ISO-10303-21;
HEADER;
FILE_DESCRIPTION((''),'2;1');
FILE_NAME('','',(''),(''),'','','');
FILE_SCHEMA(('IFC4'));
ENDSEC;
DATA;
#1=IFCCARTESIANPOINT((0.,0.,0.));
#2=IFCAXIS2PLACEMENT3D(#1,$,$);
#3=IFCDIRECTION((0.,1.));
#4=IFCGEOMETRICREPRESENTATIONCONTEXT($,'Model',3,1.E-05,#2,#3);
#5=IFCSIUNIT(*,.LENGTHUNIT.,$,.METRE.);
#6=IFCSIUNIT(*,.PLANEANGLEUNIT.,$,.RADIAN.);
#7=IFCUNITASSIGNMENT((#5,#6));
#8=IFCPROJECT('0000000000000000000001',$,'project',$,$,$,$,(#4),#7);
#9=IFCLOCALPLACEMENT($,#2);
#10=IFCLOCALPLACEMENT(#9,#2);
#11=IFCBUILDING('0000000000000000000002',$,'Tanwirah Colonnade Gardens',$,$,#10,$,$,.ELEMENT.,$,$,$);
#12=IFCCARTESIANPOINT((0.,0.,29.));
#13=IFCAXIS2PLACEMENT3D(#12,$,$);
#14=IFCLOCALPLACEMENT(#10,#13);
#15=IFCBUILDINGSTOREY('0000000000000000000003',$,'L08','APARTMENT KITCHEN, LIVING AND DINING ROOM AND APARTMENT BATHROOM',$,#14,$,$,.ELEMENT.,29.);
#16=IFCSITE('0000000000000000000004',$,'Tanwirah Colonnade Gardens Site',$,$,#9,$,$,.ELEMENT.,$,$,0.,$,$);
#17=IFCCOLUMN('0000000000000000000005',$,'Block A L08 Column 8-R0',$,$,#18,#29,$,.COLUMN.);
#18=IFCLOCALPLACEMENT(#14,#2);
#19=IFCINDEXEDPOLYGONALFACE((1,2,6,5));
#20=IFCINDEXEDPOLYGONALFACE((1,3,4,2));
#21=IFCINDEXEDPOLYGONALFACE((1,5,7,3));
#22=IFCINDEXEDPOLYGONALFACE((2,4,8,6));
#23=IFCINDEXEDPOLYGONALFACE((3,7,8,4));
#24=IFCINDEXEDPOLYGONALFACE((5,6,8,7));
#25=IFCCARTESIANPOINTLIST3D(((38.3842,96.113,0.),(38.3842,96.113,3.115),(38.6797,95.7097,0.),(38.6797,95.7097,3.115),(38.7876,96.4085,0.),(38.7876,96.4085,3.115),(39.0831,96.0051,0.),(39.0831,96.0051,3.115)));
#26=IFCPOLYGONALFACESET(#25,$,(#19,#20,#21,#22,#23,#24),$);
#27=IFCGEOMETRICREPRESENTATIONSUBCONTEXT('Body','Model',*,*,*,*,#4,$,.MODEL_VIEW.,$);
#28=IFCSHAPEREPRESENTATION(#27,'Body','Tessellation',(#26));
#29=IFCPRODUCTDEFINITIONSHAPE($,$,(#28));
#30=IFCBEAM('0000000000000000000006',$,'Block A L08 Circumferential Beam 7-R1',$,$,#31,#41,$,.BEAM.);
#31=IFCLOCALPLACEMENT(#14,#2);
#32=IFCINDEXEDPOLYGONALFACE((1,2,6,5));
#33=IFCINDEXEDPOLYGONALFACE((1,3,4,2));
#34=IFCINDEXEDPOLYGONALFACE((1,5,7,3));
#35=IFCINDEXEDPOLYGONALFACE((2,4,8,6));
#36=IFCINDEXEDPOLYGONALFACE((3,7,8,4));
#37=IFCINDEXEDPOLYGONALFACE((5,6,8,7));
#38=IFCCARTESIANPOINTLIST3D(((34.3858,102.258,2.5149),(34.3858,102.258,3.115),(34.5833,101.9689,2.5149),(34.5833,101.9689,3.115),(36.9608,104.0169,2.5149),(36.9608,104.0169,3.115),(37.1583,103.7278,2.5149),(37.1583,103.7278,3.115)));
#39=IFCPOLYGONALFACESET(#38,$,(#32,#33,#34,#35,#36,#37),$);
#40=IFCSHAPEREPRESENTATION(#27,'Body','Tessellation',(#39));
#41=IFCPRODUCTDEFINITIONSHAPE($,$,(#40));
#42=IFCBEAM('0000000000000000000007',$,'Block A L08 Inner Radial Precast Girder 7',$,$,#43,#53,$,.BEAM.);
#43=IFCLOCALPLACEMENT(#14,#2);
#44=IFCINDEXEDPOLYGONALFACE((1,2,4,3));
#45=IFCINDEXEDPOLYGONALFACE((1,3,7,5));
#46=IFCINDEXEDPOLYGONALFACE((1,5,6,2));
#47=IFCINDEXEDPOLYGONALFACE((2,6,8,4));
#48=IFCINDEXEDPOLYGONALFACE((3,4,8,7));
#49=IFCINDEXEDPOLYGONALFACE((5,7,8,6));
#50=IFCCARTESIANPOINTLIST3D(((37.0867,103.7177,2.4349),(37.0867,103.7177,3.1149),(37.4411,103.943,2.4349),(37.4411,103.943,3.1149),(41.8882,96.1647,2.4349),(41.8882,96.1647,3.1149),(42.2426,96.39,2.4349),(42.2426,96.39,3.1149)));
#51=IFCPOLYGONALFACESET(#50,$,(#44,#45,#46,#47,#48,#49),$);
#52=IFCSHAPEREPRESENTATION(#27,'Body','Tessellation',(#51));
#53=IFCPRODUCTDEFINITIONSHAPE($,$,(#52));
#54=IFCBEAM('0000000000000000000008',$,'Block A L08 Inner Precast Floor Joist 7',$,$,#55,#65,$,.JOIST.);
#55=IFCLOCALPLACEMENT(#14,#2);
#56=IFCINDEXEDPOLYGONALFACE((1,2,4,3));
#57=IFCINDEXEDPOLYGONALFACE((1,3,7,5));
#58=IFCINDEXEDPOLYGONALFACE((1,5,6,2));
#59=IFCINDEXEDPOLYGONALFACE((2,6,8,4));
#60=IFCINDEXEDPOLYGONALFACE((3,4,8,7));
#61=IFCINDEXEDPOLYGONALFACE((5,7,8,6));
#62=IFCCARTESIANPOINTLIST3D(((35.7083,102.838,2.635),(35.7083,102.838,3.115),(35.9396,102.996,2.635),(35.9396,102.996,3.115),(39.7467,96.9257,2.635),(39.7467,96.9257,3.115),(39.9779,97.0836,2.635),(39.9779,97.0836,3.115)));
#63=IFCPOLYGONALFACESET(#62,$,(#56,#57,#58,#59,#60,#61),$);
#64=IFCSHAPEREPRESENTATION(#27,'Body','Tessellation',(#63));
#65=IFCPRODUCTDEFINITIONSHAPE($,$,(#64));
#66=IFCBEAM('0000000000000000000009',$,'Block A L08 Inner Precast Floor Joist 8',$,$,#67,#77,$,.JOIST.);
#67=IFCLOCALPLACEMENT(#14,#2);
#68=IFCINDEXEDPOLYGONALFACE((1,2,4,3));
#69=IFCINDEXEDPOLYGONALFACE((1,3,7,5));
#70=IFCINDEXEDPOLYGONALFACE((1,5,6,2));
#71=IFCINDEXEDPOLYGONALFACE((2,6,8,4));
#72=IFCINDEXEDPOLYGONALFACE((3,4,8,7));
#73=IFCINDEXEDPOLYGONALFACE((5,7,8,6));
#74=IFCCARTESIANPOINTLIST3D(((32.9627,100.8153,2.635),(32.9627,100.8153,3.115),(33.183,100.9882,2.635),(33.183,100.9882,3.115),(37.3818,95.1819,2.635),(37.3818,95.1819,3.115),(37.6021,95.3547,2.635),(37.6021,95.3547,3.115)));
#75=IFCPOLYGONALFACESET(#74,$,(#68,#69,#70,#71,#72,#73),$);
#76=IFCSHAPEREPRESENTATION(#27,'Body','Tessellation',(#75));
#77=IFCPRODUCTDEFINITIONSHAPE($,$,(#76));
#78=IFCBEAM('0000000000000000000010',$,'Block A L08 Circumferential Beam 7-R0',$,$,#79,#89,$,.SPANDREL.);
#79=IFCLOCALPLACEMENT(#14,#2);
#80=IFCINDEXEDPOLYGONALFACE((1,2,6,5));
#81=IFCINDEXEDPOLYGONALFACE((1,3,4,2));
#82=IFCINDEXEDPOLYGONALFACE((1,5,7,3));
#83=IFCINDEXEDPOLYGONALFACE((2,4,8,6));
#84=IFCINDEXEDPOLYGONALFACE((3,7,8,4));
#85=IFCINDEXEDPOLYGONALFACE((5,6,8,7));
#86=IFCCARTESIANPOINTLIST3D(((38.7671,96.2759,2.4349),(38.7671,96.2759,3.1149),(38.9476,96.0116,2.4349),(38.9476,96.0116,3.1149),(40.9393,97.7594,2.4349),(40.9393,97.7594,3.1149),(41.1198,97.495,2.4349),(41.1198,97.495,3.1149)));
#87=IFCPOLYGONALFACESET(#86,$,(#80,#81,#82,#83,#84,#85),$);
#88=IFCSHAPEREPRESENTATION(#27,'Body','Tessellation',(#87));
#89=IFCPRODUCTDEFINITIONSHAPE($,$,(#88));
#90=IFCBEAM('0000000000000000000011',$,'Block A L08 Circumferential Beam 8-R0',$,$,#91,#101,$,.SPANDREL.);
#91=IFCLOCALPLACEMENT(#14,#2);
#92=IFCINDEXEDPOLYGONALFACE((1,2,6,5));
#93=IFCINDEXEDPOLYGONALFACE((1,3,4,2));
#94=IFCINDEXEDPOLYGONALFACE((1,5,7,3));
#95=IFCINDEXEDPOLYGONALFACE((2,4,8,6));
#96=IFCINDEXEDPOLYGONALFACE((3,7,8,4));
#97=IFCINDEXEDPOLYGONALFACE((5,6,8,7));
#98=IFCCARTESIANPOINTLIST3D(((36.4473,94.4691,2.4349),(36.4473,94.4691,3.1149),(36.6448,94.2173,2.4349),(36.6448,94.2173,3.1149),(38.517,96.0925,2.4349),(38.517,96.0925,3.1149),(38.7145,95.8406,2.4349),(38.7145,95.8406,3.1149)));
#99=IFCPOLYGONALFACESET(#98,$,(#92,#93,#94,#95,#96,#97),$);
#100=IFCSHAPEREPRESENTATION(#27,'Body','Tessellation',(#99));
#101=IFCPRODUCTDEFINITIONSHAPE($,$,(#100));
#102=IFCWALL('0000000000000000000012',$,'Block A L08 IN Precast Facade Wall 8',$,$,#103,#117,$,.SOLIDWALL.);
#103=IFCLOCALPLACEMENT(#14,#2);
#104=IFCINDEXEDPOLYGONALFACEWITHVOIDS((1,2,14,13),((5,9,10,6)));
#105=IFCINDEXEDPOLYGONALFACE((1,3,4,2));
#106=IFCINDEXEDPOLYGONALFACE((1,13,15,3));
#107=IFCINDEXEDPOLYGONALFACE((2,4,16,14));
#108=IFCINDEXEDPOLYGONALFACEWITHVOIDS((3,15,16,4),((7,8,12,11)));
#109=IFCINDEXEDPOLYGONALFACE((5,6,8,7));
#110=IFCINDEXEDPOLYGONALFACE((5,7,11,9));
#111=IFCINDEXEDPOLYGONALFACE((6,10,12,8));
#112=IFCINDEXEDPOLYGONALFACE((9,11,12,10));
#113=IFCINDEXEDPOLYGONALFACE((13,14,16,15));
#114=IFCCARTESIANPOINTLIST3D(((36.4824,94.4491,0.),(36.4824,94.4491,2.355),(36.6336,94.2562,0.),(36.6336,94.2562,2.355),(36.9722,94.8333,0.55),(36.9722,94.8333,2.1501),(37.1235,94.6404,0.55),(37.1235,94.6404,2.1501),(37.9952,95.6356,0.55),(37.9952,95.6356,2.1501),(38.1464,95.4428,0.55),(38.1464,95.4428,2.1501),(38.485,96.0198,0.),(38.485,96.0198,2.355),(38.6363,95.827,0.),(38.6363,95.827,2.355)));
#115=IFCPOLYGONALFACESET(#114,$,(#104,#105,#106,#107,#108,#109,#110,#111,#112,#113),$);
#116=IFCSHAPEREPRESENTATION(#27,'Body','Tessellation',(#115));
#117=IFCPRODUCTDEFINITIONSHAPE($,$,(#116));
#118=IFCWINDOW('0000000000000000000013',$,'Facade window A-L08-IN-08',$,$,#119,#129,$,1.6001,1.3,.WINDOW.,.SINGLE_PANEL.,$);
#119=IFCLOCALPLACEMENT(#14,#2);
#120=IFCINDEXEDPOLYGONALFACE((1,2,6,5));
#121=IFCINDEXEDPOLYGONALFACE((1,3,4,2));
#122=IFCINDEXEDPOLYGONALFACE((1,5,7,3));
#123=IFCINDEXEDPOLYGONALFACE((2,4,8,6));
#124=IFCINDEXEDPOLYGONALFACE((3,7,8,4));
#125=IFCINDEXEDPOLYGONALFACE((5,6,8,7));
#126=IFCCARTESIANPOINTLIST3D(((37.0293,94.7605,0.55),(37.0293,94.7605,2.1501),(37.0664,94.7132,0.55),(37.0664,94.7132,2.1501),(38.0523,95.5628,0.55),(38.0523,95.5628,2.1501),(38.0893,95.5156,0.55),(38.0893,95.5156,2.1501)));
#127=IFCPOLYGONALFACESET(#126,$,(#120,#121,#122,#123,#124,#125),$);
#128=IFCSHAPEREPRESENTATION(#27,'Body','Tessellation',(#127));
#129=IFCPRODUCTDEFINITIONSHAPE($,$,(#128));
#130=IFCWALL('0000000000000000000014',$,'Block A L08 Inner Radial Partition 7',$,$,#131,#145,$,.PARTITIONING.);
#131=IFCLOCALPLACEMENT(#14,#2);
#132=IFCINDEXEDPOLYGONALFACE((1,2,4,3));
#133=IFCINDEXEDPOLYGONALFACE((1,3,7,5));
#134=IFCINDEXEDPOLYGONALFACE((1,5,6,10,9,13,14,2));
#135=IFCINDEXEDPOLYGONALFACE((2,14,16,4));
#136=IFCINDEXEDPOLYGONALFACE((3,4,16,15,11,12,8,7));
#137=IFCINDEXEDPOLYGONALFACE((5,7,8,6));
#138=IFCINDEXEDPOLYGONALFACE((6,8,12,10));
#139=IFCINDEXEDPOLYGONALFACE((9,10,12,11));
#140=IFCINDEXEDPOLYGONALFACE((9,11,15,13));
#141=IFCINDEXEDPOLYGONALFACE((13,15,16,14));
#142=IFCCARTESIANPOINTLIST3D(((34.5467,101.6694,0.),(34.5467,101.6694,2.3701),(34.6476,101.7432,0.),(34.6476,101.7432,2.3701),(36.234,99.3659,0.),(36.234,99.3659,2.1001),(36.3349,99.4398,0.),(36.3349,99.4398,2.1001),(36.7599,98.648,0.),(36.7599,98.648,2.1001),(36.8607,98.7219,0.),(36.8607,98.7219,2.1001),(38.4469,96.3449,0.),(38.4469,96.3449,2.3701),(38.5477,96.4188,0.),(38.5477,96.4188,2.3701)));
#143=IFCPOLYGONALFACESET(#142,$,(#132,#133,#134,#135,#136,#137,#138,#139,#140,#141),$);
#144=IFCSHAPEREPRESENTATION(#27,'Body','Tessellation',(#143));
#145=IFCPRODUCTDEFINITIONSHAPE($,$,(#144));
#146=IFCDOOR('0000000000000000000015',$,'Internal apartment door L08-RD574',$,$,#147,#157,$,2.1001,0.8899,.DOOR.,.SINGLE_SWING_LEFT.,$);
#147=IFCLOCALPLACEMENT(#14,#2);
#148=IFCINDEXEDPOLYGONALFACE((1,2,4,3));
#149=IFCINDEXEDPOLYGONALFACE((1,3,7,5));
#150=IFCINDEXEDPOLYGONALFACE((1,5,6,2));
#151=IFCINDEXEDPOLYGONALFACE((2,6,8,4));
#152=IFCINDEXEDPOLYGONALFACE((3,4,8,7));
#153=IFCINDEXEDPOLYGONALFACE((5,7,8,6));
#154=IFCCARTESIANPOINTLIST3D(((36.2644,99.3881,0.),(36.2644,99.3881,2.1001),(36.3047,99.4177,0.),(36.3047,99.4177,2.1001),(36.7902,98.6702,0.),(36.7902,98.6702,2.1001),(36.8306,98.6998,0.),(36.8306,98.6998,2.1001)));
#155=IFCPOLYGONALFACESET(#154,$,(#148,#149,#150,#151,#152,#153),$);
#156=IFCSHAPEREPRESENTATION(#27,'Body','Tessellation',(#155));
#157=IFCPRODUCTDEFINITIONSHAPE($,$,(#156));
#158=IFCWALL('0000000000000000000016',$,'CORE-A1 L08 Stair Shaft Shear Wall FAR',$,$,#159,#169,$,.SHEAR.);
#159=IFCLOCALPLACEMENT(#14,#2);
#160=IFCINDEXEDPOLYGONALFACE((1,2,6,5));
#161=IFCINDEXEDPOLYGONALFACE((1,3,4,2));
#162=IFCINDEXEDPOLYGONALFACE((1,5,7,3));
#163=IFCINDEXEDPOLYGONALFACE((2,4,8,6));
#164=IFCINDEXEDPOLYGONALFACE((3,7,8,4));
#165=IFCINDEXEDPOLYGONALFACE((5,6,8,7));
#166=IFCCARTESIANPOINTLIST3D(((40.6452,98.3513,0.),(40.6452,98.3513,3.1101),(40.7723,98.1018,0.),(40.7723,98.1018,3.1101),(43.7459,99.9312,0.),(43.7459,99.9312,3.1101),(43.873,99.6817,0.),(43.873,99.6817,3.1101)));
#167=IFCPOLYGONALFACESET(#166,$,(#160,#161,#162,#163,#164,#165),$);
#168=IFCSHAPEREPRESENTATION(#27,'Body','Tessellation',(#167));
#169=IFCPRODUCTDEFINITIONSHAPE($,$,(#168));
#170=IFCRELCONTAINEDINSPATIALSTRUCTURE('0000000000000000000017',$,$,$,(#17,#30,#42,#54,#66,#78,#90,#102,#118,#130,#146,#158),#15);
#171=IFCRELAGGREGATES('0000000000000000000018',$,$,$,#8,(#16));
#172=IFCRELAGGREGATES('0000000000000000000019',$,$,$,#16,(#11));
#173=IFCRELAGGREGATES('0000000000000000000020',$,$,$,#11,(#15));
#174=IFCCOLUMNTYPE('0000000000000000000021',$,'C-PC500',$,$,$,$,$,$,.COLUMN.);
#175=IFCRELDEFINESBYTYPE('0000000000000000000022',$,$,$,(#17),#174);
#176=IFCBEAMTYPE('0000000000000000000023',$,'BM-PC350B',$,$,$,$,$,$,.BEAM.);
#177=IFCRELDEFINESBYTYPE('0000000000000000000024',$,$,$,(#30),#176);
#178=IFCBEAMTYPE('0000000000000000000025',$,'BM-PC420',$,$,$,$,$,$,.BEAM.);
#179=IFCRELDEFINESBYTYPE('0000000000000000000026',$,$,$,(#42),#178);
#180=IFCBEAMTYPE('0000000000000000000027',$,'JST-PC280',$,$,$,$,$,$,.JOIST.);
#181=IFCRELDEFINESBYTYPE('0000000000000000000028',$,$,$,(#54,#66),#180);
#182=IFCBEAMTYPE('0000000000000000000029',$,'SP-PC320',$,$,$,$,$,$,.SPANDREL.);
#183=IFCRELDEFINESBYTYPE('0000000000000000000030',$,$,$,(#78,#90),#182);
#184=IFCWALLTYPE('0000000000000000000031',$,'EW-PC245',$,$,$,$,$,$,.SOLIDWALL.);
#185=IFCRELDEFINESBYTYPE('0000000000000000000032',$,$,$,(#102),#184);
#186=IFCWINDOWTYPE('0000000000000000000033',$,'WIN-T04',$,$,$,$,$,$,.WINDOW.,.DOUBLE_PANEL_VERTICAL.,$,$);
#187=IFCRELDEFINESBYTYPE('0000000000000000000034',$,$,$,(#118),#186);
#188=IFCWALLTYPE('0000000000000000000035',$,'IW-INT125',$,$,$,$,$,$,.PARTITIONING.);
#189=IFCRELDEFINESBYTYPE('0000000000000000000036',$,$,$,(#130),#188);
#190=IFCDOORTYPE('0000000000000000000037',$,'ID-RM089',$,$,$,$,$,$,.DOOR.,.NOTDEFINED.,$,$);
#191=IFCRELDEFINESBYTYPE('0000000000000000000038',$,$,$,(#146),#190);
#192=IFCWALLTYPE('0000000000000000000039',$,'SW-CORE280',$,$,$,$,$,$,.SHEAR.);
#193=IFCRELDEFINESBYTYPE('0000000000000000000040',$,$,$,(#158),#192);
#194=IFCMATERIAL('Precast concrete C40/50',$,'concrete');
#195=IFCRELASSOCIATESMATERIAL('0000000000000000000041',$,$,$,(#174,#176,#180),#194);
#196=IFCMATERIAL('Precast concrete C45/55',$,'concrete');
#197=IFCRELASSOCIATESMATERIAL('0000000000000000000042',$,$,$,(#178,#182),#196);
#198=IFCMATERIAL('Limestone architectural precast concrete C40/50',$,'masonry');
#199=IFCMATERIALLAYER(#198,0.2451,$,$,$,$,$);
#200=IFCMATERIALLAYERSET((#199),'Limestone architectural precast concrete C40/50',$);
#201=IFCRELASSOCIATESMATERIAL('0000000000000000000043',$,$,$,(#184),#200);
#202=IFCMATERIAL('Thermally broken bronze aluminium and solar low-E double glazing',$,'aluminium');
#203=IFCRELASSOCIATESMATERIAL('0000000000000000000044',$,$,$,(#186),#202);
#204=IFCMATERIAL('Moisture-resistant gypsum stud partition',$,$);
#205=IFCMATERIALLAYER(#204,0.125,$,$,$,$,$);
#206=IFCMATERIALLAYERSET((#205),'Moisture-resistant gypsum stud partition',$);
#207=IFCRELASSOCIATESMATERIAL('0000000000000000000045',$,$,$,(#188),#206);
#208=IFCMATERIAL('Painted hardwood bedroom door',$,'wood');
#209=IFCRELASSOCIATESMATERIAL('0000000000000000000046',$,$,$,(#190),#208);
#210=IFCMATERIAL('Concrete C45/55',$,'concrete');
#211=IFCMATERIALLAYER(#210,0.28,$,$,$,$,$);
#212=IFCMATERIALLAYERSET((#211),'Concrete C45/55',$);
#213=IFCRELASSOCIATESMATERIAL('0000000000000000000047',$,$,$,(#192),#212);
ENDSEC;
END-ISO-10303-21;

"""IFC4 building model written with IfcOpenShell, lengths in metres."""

from ifc_helpers import new_model, si_unit, direction, frame, frame_2d, origin, origin_2d, place, context, subcontext, project, spatial, rectangle, extrude, material, layer, layer_set, material_profile, profile_set, type_object, element, fill, save


model = new_model("IFC4")

# Units and contexts
model_context = context("Model", 3, precision=1e-05, world=origin(), true_north=direction((0.0, 1.0)))
body_context = subcontext(model_context, "Body", "Model", "MODEL_VIEW")
ifc_project = project(units=[si_unit("LENGTHUNIT", "METRE"), si_unit("PLANEANGLEUNIT", "RADIAN")], contexts=[model_context])

# Site, building, storey
site_placement = place(None, origin())
site = spatial("IfcSite", under=ifc_project, at=site_placement, Name="Tanwirah Colonnade Gardens Site", CompositionType="ELEMENT", RefElevation=0.0)
building_placement = place(site_placement, origin())
building = spatial("IfcBuilding", under=site, at=building_placement, Name="Tanwirah Colonnade Gardens", CompositionType="ELEMENT")
storey_placement = place(building_placement, frame((0.0, 0.0, 29.0)))
storey = spatial("IfcBuildingStorey", under=building, at=storey_placement, Name="L08", Description="APARTMENT KITCHEN, LIVING AND DINING ROOM AND APARTMENT BATHROOM", CompositionType="ELEMENT", Elevation=29.0)

# Column
ifc_material_1 = material(Name="Precast concrete C40/50", Category="concrete")
ifc_material_profile_1 = material_profile(ifc_material_1, rectangle(XDim=0.5, YDim=0.5, at=origin_2d()), Name="PC-COL 500x500")
ifc_profile_set_1 = profile_set([ifc_material_profile_1], Name="Precast concrete C40/50")
column_type = type_object("IfcColumnType", Name="C-PC500", PredefinedType="COLUMN", material=ifc_profile_set_1)
column_placement = place(storey_placement, frame((38.7336, 96.0591, 0.0), z_axis=(0.0, 0.0, 1.0), x_axis=(-0.590919, 0.806731, 0.0)))
element("IfcColumn", 1, at=column_placement, inside=storey, type_object=column_type, Name="Block A L08 Column 8-R0", PredefinedType="COLUMN", context=body_context, shape_type="SweptSolid", body=[
    extrude(rectangle(XDim=0.5, YDim=0.5, at=origin_2d()), origin(), (0.0, 0.0, 1.0), 3.115),
])

# Beams
ifc_material_profile_2 = material_profile(ifc_material_1, rectangle(XDim=0.3501, YDim=0.6001, at=origin_2d()), Name="PC-BM 350x600")
ifc_profile_set_2 = profile_set([ifc_material_profile_2], Name="Precast concrete C40/50")
beam_type_1 = type_object("IfcBeamType", Name="BM-PC350B", PredefinedType="BEAM", material=ifc_profile_set_2)
beam_1_placement = place(storey_placement, frame((37.0596, 103.8723, 2.8149), z_axis=(-0.825758, -0.564024, 0.0), x_axis=(0.564024, -0.825758, 0.0)))
element("IfcBeam", 2, at=beam_1_placement, inside=storey, type_object=beam_type_1, Name="Block A L08 Circumferential Beam 7-R1", PredefinedType="BEAM", context=body_context, shape_type="SweptSolid", body=[
    extrude(rectangle(XDim=0.3501, YDim=0.6001, at=origin_2d()), origin(), (0.0, 0.0, 1.0), 3.1184),
])
ifc_material_2 = material(Name="Precast concrete C45/55", Category="concrete")
ifc_material_profile_3 = material_profile(ifc_material_2, rectangle(XDim=0.4199, YDim=0.6799, at=origin_2d()), Name="PC-BM 420x680")
ifc_profile_set_3 = profile_set([ifc_material_profile_3], Name="Precast concrete C45/55")
beam_type_2 = type_object("IfcBeamType", Name="BM-PC420", PredefinedType="BEAM", material=ifc_profile_set_3)
beam_2_placement = place(storey_placement, frame((37.2639, 103.8303, 2.7749), z_axis=(0.536484, -0.843911, 0.0), x_axis=(0.843911, 0.536484, 0.0)))
element("IfcBeam", 3, at=beam_2_placement, inside=storey, type_object=beam_type_2, Name="Block A L08 Inner Radial Precast Girder 7", PredefinedType="BEAM", context=body_context, shape_type="SweptSolid", body=[
    extrude(rectangle(XDim=0.4199, YDim=0.6799, at=origin_2d()), origin(), (0.0, 0.0, 1.0), 8.95),
])
ifc_material_profile_4 = material_profile(ifc_material_1, rectangle(XDim=0.28, YDim=0.48, at=origin_2d()), Name="PC-JST 280x480")
ifc_profile_set_4 = profile_set([ifc_material_profile_4], Name="Precast concrete C40/50")
beam_type_3 = type_object("IfcBeamType", Name="JST-PC280", PredefinedType="JOIST", material=ifc_profile_set_4)
for number, where, z_axis, x_axis, name in (
    (4, (39.8623, 97.0046, 2.875), (-0.564021, 0.82576, 0.0), (-0.82576, -0.564021, 0.0), "Block A L08 Inner Precast Floor Joist 7"),
    (5, (37.4919, 95.2683, 2.875), (-0.617202, 0.786804, 0.0), (-0.786804, -0.617202, 0.0), "Block A L08 Inner Precast Floor Joist 8"),
):
    element("IfcBeam", number, at=place(storey_placement, frame(where, z_axis=z_axis, x_axis=x_axis)), inside=storey, type_object=beam_type_3, Name=name, PredefinedType="JOIST", context=body_context, shape_type="SweptSolid", body=[
        extrude(rectangle(XDim=0.28, YDim=0.48, at=origin_2d()), origin(), (0.0, 0.0, 1.0), 7.1599),
    ])
ifc_material_profile_5 = material_profile(ifc_material_2, rectangle(XDim=0.3201, YDim=0.6799, at=origin_2d()), Name="PC-SP 320x680")
ifc_profile_set_5 = profile_set([ifc_material_profile_5], Name="Precast concrete C45/55")
beam_type_4 = type_object("IfcBeamType", Name="SP-PC320", PredefinedType="SPANDREL", material=ifc_profile_set_5)
for number, where, z_axis, x_axis, name in (
    (6, (41.0295, 97.6272, 2.7749), (-0.825801, -0.563962, 0.0), (0.563962, -0.825801, 0.0), "Block A L08 Circumferential Beam 7-R0"),
    (7, (38.6157, 95.9666, 2.7749), (-0.786837, -0.617161, 0.0), (0.617161, -0.786837, 0.0), "Block A L08 Circumferential Beam 8-R0"),
):
    element("IfcBeam", number, at=place(storey_placement, frame(where, z_axis=z_axis, x_axis=x_axis)), inside=storey, type_object=beam_type_4, Name=name, PredefinedType="SPANDREL", context=body_context, shape_type="SweptSolid", body=[
        extrude(rectangle(XDim=0.3201, YDim=0.6799, at=origin_2d()), origin(), (0.0, 0.0, 1.0), 2.6304),
    ])

# Wall, opening, window
ifc_material_3 = material(Name="Limestone architectural precast concrete C40/50", Category="masonry")
ifc_layer_1 = layer(ifc_material_3, 0.2451)
ifc_layer_set_1 = layer_set([ifc_layer_1], Name="Limestone architectural precast concrete C40/50")
wall_type_1 = type_object("IfcWallType", Name="EW-PC245", PredefinedType="SOLIDWALL", material=ifc_layer_set_1)
wall_1_placement = place(storey_placement, frame((38.5605, 95.9233, 0.0), z_axis=(0.0, 0.0, 1.0), x_axis=(-0.786841, -0.617156, 0.0)))
wall_1 = element("IfcWall", 8, at=wall_1_placement, inside=storey, type_object=wall_type_1, Name="Block A L08 IN Precast Facade Wall 8", PredefinedType="SOLIDWALL", context=body_context, shape_type="SweptSolid", body=[
    extrude(rectangle(XDim=2.5452, YDim=0.2451, at=frame_2d((1.2725, 0.0))), origin(), (0.0, 0.0, 1.0), 2.355),
])
opening_1_placement = place(wall_1_placement, frame((0.6226, 0.0, 0.55)))
opening_1 = element("IfcOpeningElement", 9, at=opening_1_placement, cuts=wall_1, PredefinedType="OPENING", context=body_context, shape_type="SweptSolid", body=[
    extrude(rectangle(XDim=1.3, YDim=1.6001, at=frame_2d((0.6499, 0.8))), frame((0.0, 0.1326, 0.0), z_axis=(0.0, -1.0, 0.0), x_axis=(1.0, 0.0, 0.0)), (0.0, 0.0, 1.0), 0.2651),
])
ifc_material_4 = material(Name="Thermally broken bronze aluminium and solar low-E double glazing", Category="aluminium")
window_type = type_object("IfcWindowType", Name="WIN-T04", PartitioningType="DOUBLE_PANEL_VERTICAL", PredefinedType="WINDOW", material=ifc_material_4)
window_placement = place(opening_1_placement, origin())
window = element("IfcWindow", 10, at=window_placement, inside=storey, type_object=window_type, Name="Facade window A-L08-IN-08", OverallHeight=1.6001, OverallWidth=1.3, PartitioningType="SINGLE_PANEL", PredefinedType="WINDOW", context=body_context, shape_type="SweptSolid", body=[
    extrude(rectangle(XDim=1.3, YDim=1.6001, at=frame_2d((0.6499, 0.8))), frame((0.0, 0.03, 0.0), z_axis=(0.0, -1.0, 0.0), x_axis=(1.0, 0.0, 0.0)), (0.0, 0.0, 1.0), 0.0601),
])
fill(opening_1, window)

# Wall, opening, door
ifc_material_5 = material(Name="Moisture-resistant gypsum stud partition")
ifc_layer_2 = layer(ifc_material_5, 0.125)
ifc_layer_set_2 = layer_set([ifc_layer_2], Name="Moisture-resistant gypsum stud partition")
wall_type_2 = type_object("IfcWallType", Name="IW-INT125", PredefinedType="PARTITIONING", material=ifc_layer_set_2)
wall_2_placement = place(storey_placement, frame((38.4973, 96.3818, 0.0), z_axis=(0.0, 0.0, 1.0), x_axis=(-0.590924, 0.806727, 0.0)))
wall_2 = element("IfcWall", 11, at=wall_2_placement, inside=storey, type_object=wall_type_2, Name="Block A L08 Inner Radial Partition 7", PredefinedType="PARTITIONING", context=body_context, shape_type="SweptSolid", body=[
    extrude(rectangle(XDim=6.6001, YDim=0.125, at=frame_2d((3.3, 0.0))), origin(), (0.0, 0.0, 1.0), 2.3701),
])
opening_2_placement = place(wall_2_placement, frame((2.855, 0.0, 0.0)))
opening_2 = element("IfcOpeningElement", 12, at=opening_2_placement, cuts=wall_2, PredefinedType="OPENING", context=body_context, shape_type="SweptSolid", body=[
    extrude(rectangle(XDim=0.8899, YDim=2.1001, at=frame_2d((0.4448, 1.05))), frame((0.0, 0.0725, 0.0), z_axis=(0.0, -1.0, 0.0), x_axis=(1.0, 0.0, 0.0)), (0.0, 0.0, 1.0), 0.145),
])
ifc_material_6 = material(Name="Painted hardwood bedroom door", Category="wood")
door_type = type_object("IfcDoorType", Name="ID-RM089", OperationType="NOTDEFINED", PredefinedType="DOOR", material=ifc_material_6)
door_placement = place(opening_2_placement, origin())
door = element("IfcDoor", 13, at=door_placement, inside=storey, type_object=door_type, Name="Internal apartment door L08-RD574", OperationType="SINGLE_SWING_LEFT", OverallHeight=2.1001, OverallWidth=0.8899, PredefinedType="DOOR", context=body_context, shape_type="SweptSolid", body=[
    extrude(rectangle(XDim=0.8899, YDim=2.1001, at=frame_2d((0.4448, 1.05))), frame((0.0, 0.0249, 0.0), z_axis=(0.0, -1.0, 0.0), x_axis=(1.0, 0.0, 0.0)), (0.0, 0.0, 1.0), 0.05),
])
fill(opening_2, door)

# Wall
ifc_material_7 = material(Name="Concrete C45/55", Category="concrete")
ifc_layer_3 = layer(ifc_material_7, 0.28)
ifc_layer_set_3 = layer_set([ifc_layer_3], Name="Concrete C45/55")
wall_type_3 = type_object("IfcWallType", Name="SW-CORE280", PredefinedType="SHEAR", material=ifc_layer_set_3)
wall_3_placement = place(storey_placement, frame((40.7087, 98.2266, 0.0), z_axis=(0.0, 0.0, 1.0), x_axis=(0.891006, 0.453992, 0.0)))
element("IfcWall", 14, at=wall_3_placement, inside=storey, type_object=wall_type_3, Name="CORE-A1 L08 Stair Shaft Shear Wall FAR", PredefinedType="SHEAR", context=body_context, shape_type="SweptSolid", body=[
    extrude(rectangle(XDim=3.48, YDim=0.28, at=frame_2d((1.74, 0.0))), origin(), (0.0, 0.0, 1.0), 3.1101),
])

save(model, "model.ifc")
